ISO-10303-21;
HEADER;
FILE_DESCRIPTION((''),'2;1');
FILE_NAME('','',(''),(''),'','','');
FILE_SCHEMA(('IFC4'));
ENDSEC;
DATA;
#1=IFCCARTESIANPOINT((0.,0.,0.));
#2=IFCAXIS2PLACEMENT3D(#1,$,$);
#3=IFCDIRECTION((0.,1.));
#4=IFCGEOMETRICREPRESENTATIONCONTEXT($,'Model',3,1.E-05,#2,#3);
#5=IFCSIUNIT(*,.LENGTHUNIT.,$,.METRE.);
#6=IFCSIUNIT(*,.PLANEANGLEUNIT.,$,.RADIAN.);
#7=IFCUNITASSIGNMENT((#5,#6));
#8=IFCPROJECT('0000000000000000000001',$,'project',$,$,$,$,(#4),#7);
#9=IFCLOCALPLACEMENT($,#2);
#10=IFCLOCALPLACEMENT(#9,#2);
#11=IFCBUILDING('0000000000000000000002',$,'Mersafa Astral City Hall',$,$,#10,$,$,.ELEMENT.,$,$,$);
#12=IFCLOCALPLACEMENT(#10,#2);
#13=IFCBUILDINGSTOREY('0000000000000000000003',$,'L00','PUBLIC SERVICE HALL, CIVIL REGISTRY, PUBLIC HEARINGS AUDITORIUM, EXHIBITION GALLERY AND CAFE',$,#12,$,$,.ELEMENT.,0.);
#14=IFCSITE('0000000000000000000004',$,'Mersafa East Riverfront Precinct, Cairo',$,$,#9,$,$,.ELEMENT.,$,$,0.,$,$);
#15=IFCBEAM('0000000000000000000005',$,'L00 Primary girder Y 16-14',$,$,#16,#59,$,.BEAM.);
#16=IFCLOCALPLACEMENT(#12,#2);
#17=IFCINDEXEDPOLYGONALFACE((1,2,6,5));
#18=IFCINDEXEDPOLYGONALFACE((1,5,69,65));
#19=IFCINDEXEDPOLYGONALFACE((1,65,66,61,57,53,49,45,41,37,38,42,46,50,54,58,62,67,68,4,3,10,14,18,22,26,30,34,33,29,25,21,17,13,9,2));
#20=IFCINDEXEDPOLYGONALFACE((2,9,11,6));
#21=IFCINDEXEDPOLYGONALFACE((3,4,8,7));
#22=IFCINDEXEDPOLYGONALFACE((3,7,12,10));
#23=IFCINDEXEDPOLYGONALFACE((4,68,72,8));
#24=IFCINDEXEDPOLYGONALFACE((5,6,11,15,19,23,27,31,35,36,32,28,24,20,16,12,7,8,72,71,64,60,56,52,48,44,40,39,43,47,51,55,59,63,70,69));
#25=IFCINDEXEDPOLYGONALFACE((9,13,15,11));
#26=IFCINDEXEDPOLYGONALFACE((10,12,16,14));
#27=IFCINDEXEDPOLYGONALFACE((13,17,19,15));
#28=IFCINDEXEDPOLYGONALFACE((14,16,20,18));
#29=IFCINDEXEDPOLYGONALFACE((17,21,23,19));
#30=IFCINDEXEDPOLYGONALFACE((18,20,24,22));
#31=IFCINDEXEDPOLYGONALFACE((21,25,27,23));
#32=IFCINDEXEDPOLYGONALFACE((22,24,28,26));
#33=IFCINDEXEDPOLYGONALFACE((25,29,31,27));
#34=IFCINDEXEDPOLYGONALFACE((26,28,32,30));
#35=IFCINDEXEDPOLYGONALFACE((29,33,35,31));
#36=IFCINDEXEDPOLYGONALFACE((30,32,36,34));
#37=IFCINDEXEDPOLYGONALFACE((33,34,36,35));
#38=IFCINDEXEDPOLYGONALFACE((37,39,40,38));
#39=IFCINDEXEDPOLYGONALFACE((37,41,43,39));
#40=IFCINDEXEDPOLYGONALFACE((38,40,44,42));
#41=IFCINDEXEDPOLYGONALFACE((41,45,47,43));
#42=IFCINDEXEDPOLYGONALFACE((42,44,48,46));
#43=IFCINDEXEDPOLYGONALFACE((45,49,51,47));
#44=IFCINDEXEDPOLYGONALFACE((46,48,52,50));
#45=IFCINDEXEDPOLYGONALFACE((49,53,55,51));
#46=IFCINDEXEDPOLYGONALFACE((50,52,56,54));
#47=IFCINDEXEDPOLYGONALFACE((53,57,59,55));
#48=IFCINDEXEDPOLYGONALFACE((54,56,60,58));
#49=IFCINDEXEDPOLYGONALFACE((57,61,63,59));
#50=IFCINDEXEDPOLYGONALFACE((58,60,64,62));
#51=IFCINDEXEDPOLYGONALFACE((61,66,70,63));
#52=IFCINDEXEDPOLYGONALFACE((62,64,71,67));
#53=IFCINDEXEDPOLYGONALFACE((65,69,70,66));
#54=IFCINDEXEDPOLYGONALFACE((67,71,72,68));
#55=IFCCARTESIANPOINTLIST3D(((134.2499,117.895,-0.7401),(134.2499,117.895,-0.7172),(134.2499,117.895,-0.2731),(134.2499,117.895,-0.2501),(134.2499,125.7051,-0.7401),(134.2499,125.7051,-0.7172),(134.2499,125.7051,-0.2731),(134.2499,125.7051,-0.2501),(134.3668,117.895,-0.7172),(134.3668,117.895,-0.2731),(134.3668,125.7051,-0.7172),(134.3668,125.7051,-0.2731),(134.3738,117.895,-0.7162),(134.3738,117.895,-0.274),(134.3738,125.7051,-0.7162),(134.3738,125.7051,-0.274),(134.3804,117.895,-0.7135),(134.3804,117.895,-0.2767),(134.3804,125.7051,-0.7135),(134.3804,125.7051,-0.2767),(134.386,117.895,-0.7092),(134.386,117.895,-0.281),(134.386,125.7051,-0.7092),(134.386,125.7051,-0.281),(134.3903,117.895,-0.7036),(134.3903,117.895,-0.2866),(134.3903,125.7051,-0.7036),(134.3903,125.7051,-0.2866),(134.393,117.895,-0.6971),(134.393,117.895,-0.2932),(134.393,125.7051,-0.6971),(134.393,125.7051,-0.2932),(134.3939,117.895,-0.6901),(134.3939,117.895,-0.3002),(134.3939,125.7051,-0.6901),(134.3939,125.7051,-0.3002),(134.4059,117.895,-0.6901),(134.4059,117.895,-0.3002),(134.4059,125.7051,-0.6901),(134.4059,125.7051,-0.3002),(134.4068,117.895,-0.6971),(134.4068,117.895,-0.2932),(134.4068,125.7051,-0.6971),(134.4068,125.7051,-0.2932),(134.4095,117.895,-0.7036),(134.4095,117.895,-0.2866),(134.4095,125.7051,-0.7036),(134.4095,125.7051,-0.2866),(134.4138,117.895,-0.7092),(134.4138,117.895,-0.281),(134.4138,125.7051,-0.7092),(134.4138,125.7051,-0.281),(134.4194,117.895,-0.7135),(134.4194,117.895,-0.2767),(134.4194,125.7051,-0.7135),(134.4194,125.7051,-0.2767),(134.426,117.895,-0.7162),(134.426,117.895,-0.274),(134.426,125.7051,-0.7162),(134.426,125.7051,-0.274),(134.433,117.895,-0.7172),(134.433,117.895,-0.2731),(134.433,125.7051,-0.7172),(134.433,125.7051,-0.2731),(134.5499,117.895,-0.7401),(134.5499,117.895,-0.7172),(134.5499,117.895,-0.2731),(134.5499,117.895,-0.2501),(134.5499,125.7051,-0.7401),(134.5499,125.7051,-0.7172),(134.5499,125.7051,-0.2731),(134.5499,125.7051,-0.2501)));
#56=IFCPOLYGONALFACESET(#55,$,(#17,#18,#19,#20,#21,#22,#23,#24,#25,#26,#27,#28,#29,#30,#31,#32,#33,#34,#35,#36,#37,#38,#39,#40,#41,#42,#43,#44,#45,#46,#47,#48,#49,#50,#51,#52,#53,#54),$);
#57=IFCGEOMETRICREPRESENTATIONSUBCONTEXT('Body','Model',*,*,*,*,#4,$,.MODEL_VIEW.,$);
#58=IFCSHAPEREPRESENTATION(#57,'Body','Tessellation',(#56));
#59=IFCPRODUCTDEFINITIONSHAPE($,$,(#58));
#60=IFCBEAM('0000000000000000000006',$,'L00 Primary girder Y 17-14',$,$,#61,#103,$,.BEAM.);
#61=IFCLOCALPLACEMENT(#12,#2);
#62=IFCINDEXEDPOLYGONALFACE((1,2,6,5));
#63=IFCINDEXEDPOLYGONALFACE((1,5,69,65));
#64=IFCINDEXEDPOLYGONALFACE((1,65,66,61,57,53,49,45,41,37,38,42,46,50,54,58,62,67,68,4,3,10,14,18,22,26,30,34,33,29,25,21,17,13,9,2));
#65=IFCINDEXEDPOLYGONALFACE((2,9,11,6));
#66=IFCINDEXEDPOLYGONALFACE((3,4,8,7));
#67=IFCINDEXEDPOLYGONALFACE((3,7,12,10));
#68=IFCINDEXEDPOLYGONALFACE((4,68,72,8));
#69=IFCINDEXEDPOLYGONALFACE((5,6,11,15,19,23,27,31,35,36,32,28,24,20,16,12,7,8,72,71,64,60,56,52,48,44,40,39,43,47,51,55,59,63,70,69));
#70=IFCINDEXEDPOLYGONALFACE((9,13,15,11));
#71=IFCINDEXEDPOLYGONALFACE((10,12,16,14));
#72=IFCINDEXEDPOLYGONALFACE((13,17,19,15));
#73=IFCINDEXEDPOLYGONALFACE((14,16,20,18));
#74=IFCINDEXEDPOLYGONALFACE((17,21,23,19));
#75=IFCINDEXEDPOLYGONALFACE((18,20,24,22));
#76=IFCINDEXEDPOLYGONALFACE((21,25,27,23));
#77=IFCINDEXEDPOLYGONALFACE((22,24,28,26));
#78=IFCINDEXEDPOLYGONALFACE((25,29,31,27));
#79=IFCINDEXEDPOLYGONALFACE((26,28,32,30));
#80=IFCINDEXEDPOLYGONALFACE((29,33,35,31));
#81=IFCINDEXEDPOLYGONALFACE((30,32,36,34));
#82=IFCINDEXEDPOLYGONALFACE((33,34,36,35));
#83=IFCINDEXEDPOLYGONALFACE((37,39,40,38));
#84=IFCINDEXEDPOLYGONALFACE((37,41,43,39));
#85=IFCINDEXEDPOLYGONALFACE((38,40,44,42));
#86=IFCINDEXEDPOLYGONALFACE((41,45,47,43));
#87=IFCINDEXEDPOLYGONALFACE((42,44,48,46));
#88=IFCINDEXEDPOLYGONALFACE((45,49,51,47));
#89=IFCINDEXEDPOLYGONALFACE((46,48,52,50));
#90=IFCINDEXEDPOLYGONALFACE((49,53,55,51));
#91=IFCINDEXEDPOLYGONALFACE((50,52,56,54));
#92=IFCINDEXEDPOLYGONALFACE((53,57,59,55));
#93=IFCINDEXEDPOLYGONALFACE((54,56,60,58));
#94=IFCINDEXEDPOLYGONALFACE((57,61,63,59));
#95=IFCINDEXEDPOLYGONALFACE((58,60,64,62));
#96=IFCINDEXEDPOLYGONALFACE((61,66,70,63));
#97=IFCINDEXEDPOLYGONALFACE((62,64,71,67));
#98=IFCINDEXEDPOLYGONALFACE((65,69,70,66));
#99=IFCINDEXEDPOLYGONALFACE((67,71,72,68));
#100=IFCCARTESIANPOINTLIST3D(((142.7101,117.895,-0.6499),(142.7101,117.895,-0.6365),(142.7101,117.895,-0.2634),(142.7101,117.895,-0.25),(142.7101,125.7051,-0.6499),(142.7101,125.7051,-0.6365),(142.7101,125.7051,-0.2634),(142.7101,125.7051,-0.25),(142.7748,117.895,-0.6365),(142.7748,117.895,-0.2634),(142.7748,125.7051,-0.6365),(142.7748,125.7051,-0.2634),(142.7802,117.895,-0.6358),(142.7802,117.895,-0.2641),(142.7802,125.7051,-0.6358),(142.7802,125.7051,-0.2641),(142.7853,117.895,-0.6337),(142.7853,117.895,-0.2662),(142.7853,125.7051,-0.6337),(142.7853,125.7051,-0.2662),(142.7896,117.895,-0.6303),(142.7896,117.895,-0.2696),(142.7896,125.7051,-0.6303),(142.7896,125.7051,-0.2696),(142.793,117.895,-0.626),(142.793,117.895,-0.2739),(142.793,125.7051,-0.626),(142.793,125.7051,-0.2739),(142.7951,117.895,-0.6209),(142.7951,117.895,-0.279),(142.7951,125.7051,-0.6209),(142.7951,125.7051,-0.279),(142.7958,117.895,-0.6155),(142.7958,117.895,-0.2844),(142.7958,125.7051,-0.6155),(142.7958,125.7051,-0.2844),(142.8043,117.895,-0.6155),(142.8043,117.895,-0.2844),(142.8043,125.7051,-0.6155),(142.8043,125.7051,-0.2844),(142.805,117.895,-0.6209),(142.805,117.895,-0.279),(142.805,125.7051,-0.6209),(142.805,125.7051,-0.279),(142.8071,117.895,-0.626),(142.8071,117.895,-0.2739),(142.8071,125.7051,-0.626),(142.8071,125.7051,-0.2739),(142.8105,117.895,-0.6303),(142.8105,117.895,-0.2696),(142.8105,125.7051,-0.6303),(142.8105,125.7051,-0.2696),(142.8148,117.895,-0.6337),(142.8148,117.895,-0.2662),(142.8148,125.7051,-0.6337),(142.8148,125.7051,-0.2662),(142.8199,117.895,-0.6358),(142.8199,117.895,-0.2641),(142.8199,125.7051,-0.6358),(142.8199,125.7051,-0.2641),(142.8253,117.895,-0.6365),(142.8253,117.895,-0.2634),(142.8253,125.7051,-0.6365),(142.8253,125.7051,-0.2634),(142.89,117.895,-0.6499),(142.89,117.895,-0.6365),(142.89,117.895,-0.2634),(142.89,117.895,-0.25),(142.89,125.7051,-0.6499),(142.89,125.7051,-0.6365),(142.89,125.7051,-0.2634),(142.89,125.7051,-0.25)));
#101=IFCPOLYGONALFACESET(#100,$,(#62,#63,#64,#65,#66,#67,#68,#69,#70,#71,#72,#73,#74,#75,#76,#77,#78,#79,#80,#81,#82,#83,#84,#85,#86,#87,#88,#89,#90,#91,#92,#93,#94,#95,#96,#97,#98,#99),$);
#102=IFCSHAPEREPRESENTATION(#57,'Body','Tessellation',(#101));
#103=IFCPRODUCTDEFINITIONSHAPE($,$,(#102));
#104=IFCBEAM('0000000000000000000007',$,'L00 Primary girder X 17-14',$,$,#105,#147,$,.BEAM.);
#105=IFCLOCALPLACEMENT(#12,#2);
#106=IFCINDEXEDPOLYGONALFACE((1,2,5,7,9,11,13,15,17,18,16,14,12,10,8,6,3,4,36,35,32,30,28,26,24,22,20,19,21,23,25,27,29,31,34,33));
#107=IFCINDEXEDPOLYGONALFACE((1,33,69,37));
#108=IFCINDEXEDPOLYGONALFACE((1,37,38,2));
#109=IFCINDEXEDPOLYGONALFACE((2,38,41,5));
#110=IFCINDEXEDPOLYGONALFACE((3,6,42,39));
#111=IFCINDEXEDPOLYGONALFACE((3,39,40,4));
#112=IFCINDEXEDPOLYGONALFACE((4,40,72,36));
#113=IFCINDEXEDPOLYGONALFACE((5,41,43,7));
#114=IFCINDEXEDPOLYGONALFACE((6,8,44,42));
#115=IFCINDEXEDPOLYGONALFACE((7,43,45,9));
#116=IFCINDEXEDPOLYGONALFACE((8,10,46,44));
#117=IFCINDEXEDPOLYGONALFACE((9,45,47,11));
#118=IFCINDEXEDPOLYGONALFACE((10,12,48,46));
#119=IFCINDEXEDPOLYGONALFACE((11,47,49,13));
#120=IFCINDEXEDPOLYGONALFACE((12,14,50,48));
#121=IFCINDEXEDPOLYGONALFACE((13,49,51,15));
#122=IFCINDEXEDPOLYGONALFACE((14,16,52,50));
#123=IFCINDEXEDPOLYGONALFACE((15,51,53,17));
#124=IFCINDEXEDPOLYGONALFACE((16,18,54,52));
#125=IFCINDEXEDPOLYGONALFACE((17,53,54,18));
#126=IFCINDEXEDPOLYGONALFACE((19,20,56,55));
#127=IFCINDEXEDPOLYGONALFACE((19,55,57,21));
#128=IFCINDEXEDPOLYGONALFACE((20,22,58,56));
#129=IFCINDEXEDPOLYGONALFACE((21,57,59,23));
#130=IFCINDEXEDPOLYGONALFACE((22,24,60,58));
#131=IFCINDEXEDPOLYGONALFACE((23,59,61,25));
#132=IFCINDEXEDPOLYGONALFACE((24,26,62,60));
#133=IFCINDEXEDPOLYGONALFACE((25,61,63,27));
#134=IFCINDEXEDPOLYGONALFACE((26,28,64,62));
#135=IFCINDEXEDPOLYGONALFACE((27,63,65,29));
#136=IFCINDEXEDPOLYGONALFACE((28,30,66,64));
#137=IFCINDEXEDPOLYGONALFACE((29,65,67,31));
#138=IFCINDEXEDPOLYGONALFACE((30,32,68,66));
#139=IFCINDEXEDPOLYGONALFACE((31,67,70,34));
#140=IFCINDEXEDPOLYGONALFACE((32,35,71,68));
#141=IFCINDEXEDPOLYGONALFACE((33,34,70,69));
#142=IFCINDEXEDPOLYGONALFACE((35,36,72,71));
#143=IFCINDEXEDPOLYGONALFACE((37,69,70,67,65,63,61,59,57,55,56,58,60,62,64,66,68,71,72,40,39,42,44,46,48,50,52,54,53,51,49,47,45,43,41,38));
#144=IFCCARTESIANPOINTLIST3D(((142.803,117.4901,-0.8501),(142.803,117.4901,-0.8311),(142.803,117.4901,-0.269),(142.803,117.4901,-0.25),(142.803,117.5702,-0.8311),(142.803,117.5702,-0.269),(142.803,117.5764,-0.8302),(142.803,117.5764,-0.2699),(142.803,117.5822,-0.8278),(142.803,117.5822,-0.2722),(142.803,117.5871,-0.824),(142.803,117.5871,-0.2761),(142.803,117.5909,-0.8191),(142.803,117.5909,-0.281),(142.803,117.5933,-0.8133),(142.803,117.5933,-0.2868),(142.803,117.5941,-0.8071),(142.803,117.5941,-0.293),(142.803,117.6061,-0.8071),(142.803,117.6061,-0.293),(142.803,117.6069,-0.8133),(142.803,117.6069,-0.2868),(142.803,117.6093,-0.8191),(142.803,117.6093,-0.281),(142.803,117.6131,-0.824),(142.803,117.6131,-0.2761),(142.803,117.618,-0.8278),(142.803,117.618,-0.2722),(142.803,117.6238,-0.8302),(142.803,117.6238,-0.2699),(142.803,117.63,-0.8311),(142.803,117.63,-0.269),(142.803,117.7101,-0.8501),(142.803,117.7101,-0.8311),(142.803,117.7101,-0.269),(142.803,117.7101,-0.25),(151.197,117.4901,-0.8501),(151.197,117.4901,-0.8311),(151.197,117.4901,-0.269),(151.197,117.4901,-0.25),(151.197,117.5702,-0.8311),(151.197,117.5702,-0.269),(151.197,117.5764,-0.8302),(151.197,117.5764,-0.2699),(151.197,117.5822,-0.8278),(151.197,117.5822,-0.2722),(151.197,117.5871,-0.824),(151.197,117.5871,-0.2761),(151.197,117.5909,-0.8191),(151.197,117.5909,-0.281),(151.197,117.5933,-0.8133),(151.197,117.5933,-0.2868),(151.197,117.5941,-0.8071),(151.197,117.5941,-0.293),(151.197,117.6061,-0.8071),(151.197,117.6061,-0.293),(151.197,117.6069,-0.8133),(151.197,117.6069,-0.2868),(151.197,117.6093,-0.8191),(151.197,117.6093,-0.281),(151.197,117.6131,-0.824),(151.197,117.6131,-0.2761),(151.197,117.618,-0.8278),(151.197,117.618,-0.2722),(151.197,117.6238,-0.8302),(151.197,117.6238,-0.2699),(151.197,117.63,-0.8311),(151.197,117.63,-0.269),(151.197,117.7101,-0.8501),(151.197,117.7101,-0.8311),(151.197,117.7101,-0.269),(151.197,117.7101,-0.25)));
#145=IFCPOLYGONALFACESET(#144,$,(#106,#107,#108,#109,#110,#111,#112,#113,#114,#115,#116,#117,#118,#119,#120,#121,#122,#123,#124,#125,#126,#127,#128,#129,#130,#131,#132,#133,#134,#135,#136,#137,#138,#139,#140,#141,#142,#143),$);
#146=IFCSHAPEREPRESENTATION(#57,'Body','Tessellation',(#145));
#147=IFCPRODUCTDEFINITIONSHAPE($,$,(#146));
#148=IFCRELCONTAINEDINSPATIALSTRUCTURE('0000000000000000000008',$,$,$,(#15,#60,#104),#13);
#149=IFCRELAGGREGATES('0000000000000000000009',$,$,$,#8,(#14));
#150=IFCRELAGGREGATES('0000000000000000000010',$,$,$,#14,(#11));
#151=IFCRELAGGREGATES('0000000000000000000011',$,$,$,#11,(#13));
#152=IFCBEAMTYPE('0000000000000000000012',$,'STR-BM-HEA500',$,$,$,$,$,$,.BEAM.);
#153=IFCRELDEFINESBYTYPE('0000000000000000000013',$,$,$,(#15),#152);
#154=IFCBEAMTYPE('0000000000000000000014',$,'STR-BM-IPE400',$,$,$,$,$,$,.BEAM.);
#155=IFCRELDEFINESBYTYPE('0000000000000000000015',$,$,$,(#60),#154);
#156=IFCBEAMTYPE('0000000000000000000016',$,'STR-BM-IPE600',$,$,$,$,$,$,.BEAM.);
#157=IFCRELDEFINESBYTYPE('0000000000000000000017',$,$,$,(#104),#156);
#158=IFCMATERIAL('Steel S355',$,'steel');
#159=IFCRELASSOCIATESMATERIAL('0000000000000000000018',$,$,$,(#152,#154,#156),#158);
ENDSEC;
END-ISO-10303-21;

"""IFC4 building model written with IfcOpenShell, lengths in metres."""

from ifc_helpers import new_model, si_unit, direction, frame, origin, origin_2d, place, context, subcontext, project, spatial, i_section, extrude, material, material_profile, profile_set, type_object, element, save


model = new_model("IFC4")

# Units and contexts
model_context = context("Model", 3, precision=1e-05, world=origin(), true_north=direction((0.0, 1.0)))
body_context = subcontext(model_context, "Body", "Model", "MODEL_VIEW")
ifc_project = project(units=[si_unit("LENGTHUNIT", "METRE"), si_unit("PLANEANGLEUNIT", "RADIAN")], contexts=[model_context])

# Site, building, storey
site_placement = place(None, origin())
site = spatial("IfcSite", under=ifc_project, at=site_placement, Name="Mersafa East Riverfront Precinct, Cairo", CompositionType="ELEMENT", RefElevation=0.0)
building_placement = place(site_placement, origin())
building = spatial("IfcBuilding", under=site, at=building_placement, Name="Mersafa Astral City Hall", CompositionType="ELEMENT")
storey_placement = place(building_placement, origin())
storey = spatial("IfcBuildingStorey", under=building, at=storey_placement, Name="L00", Description="PUBLIC SERVICE HALL, CIVIL REGISTRY, PUBLIC HEARINGS AUDITORIUM, EXHIBITION GALLERY AND CAFE", CompositionType="ELEMENT", Elevation=0.0)

# Shared definitions
ifc_material_1 = material(Name="Steel S355", Category="steel")

# Beams
ifc_material_profile_1 = material_profile(ifc_material_1, i_section(OverallWidth=0.3, OverallDepth=0.49, WebThickness=0.012, FlangeThickness=0.0229, FilletRadius=0.0271, at=origin_2d()), Name="HEA 500")
ifc_profile_set_1 = profile_set([ifc_material_profile_1], Name="Steel S355")
beam_type_1 = type_object("IfcBeamType", Name="STR-BM-HEA500", PredefinedType="BEAM", material=ifc_profile_set_1)
beam_1_placement = place(storey_placement, frame((134.3999, 117.895, -0.4951), z_axis=(0.0, 1.0, 0.0), x_axis=(-1.0, 0.0, 0.0)))
element("IfcBeam", 1, at=beam_1_placement, inside=storey, type_object=beam_type_1, Name="L00 Primary girder Y 16-14", PredefinedType="BEAM", context=body_context, shape_type="SweptSolid", body=[
    extrude(i_section(OverallWidth=0.3, OverallDepth=0.49, WebThickness=0.012, FlangeThickness=0.0229, FilletRadius=0.0271, at=origin_2d()), origin(), (0.0, 0.0, 1.0), 7.8101),
])
ifc_material_profile_2 = material_profile(ifc_material_1, i_section(OverallWidth=0.1799, OverallDepth=0.3999, WebThickness=0.0085, FlangeThickness=0.0134, FilletRadius=0.021, at=origin_2d()), Name="IPE 400")
ifc_profile_set_2 = profile_set([ifc_material_profile_2], Name="Steel S355")
beam_type_2 = type_object("IfcBeamType", Name="STR-BM-IPE400", PredefinedType="BEAM", material=ifc_profile_set_2)
beam_2_placement = place(storey_placement, frame((142.8, 117.895, -0.45), z_axis=(0.0, 1.0, 0.0), x_axis=(-1.0, 0.0, 0.0)))
element("IfcBeam", 2, at=beam_2_placement, inside=storey, type_object=beam_type_2, Name="L00 Primary girder Y 17-14", PredefinedType="BEAM", context=body_context, shape_type="SweptSolid", body=[
    extrude(i_section(OverallWidth=0.1799, OverallDepth=0.3999, WebThickness=0.0085, FlangeThickness=0.0134, FilletRadius=0.021, at=origin_2d()), origin(), (0.0, 0.0, 1.0), 7.8101),
])
ifc_material_profile_3 = material_profile(ifc_material_1, i_section(OverallWidth=0.22, OverallDepth=0.6001, WebThickness=0.012, FlangeThickness=0.019, FilletRadius=0.0239, at=origin_2d()), Name="IPE 600")
ifc_profile_set_3 = profile_set([ifc_material_profile_3], Name="Steel S355")
beam_type_3 = type_object("IfcBeamType", Name="STR-BM-IPE600", PredefinedType="BEAM", material=ifc_profile_set_3)
beam_3_placement = place(storey_placement, frame((142.803, 117.6001, -0.55), z_axis=(1.0, 0.0, 0.0), x_axis=(0.0, 1.0, 0.0)))
element("IfcBeam", 3, at=beam_3_placement, inside=storey, type_object=beam_type_3, Name="L00 Primary girder X 17-14", PredefinedType="BEAM", context=body_context, shape_type="SweptSolid", body=[
    extrude(i_section(OverallWidth=0.22, OverallDepth=0.6001, WebThickness=0.012, FlangeThickness=0.019, FilletRadius=0.0239, at=origin_2d()), origin(), (0.0, 0.0, 1.0), 8.394),
])

save(model, "model.ifc")
